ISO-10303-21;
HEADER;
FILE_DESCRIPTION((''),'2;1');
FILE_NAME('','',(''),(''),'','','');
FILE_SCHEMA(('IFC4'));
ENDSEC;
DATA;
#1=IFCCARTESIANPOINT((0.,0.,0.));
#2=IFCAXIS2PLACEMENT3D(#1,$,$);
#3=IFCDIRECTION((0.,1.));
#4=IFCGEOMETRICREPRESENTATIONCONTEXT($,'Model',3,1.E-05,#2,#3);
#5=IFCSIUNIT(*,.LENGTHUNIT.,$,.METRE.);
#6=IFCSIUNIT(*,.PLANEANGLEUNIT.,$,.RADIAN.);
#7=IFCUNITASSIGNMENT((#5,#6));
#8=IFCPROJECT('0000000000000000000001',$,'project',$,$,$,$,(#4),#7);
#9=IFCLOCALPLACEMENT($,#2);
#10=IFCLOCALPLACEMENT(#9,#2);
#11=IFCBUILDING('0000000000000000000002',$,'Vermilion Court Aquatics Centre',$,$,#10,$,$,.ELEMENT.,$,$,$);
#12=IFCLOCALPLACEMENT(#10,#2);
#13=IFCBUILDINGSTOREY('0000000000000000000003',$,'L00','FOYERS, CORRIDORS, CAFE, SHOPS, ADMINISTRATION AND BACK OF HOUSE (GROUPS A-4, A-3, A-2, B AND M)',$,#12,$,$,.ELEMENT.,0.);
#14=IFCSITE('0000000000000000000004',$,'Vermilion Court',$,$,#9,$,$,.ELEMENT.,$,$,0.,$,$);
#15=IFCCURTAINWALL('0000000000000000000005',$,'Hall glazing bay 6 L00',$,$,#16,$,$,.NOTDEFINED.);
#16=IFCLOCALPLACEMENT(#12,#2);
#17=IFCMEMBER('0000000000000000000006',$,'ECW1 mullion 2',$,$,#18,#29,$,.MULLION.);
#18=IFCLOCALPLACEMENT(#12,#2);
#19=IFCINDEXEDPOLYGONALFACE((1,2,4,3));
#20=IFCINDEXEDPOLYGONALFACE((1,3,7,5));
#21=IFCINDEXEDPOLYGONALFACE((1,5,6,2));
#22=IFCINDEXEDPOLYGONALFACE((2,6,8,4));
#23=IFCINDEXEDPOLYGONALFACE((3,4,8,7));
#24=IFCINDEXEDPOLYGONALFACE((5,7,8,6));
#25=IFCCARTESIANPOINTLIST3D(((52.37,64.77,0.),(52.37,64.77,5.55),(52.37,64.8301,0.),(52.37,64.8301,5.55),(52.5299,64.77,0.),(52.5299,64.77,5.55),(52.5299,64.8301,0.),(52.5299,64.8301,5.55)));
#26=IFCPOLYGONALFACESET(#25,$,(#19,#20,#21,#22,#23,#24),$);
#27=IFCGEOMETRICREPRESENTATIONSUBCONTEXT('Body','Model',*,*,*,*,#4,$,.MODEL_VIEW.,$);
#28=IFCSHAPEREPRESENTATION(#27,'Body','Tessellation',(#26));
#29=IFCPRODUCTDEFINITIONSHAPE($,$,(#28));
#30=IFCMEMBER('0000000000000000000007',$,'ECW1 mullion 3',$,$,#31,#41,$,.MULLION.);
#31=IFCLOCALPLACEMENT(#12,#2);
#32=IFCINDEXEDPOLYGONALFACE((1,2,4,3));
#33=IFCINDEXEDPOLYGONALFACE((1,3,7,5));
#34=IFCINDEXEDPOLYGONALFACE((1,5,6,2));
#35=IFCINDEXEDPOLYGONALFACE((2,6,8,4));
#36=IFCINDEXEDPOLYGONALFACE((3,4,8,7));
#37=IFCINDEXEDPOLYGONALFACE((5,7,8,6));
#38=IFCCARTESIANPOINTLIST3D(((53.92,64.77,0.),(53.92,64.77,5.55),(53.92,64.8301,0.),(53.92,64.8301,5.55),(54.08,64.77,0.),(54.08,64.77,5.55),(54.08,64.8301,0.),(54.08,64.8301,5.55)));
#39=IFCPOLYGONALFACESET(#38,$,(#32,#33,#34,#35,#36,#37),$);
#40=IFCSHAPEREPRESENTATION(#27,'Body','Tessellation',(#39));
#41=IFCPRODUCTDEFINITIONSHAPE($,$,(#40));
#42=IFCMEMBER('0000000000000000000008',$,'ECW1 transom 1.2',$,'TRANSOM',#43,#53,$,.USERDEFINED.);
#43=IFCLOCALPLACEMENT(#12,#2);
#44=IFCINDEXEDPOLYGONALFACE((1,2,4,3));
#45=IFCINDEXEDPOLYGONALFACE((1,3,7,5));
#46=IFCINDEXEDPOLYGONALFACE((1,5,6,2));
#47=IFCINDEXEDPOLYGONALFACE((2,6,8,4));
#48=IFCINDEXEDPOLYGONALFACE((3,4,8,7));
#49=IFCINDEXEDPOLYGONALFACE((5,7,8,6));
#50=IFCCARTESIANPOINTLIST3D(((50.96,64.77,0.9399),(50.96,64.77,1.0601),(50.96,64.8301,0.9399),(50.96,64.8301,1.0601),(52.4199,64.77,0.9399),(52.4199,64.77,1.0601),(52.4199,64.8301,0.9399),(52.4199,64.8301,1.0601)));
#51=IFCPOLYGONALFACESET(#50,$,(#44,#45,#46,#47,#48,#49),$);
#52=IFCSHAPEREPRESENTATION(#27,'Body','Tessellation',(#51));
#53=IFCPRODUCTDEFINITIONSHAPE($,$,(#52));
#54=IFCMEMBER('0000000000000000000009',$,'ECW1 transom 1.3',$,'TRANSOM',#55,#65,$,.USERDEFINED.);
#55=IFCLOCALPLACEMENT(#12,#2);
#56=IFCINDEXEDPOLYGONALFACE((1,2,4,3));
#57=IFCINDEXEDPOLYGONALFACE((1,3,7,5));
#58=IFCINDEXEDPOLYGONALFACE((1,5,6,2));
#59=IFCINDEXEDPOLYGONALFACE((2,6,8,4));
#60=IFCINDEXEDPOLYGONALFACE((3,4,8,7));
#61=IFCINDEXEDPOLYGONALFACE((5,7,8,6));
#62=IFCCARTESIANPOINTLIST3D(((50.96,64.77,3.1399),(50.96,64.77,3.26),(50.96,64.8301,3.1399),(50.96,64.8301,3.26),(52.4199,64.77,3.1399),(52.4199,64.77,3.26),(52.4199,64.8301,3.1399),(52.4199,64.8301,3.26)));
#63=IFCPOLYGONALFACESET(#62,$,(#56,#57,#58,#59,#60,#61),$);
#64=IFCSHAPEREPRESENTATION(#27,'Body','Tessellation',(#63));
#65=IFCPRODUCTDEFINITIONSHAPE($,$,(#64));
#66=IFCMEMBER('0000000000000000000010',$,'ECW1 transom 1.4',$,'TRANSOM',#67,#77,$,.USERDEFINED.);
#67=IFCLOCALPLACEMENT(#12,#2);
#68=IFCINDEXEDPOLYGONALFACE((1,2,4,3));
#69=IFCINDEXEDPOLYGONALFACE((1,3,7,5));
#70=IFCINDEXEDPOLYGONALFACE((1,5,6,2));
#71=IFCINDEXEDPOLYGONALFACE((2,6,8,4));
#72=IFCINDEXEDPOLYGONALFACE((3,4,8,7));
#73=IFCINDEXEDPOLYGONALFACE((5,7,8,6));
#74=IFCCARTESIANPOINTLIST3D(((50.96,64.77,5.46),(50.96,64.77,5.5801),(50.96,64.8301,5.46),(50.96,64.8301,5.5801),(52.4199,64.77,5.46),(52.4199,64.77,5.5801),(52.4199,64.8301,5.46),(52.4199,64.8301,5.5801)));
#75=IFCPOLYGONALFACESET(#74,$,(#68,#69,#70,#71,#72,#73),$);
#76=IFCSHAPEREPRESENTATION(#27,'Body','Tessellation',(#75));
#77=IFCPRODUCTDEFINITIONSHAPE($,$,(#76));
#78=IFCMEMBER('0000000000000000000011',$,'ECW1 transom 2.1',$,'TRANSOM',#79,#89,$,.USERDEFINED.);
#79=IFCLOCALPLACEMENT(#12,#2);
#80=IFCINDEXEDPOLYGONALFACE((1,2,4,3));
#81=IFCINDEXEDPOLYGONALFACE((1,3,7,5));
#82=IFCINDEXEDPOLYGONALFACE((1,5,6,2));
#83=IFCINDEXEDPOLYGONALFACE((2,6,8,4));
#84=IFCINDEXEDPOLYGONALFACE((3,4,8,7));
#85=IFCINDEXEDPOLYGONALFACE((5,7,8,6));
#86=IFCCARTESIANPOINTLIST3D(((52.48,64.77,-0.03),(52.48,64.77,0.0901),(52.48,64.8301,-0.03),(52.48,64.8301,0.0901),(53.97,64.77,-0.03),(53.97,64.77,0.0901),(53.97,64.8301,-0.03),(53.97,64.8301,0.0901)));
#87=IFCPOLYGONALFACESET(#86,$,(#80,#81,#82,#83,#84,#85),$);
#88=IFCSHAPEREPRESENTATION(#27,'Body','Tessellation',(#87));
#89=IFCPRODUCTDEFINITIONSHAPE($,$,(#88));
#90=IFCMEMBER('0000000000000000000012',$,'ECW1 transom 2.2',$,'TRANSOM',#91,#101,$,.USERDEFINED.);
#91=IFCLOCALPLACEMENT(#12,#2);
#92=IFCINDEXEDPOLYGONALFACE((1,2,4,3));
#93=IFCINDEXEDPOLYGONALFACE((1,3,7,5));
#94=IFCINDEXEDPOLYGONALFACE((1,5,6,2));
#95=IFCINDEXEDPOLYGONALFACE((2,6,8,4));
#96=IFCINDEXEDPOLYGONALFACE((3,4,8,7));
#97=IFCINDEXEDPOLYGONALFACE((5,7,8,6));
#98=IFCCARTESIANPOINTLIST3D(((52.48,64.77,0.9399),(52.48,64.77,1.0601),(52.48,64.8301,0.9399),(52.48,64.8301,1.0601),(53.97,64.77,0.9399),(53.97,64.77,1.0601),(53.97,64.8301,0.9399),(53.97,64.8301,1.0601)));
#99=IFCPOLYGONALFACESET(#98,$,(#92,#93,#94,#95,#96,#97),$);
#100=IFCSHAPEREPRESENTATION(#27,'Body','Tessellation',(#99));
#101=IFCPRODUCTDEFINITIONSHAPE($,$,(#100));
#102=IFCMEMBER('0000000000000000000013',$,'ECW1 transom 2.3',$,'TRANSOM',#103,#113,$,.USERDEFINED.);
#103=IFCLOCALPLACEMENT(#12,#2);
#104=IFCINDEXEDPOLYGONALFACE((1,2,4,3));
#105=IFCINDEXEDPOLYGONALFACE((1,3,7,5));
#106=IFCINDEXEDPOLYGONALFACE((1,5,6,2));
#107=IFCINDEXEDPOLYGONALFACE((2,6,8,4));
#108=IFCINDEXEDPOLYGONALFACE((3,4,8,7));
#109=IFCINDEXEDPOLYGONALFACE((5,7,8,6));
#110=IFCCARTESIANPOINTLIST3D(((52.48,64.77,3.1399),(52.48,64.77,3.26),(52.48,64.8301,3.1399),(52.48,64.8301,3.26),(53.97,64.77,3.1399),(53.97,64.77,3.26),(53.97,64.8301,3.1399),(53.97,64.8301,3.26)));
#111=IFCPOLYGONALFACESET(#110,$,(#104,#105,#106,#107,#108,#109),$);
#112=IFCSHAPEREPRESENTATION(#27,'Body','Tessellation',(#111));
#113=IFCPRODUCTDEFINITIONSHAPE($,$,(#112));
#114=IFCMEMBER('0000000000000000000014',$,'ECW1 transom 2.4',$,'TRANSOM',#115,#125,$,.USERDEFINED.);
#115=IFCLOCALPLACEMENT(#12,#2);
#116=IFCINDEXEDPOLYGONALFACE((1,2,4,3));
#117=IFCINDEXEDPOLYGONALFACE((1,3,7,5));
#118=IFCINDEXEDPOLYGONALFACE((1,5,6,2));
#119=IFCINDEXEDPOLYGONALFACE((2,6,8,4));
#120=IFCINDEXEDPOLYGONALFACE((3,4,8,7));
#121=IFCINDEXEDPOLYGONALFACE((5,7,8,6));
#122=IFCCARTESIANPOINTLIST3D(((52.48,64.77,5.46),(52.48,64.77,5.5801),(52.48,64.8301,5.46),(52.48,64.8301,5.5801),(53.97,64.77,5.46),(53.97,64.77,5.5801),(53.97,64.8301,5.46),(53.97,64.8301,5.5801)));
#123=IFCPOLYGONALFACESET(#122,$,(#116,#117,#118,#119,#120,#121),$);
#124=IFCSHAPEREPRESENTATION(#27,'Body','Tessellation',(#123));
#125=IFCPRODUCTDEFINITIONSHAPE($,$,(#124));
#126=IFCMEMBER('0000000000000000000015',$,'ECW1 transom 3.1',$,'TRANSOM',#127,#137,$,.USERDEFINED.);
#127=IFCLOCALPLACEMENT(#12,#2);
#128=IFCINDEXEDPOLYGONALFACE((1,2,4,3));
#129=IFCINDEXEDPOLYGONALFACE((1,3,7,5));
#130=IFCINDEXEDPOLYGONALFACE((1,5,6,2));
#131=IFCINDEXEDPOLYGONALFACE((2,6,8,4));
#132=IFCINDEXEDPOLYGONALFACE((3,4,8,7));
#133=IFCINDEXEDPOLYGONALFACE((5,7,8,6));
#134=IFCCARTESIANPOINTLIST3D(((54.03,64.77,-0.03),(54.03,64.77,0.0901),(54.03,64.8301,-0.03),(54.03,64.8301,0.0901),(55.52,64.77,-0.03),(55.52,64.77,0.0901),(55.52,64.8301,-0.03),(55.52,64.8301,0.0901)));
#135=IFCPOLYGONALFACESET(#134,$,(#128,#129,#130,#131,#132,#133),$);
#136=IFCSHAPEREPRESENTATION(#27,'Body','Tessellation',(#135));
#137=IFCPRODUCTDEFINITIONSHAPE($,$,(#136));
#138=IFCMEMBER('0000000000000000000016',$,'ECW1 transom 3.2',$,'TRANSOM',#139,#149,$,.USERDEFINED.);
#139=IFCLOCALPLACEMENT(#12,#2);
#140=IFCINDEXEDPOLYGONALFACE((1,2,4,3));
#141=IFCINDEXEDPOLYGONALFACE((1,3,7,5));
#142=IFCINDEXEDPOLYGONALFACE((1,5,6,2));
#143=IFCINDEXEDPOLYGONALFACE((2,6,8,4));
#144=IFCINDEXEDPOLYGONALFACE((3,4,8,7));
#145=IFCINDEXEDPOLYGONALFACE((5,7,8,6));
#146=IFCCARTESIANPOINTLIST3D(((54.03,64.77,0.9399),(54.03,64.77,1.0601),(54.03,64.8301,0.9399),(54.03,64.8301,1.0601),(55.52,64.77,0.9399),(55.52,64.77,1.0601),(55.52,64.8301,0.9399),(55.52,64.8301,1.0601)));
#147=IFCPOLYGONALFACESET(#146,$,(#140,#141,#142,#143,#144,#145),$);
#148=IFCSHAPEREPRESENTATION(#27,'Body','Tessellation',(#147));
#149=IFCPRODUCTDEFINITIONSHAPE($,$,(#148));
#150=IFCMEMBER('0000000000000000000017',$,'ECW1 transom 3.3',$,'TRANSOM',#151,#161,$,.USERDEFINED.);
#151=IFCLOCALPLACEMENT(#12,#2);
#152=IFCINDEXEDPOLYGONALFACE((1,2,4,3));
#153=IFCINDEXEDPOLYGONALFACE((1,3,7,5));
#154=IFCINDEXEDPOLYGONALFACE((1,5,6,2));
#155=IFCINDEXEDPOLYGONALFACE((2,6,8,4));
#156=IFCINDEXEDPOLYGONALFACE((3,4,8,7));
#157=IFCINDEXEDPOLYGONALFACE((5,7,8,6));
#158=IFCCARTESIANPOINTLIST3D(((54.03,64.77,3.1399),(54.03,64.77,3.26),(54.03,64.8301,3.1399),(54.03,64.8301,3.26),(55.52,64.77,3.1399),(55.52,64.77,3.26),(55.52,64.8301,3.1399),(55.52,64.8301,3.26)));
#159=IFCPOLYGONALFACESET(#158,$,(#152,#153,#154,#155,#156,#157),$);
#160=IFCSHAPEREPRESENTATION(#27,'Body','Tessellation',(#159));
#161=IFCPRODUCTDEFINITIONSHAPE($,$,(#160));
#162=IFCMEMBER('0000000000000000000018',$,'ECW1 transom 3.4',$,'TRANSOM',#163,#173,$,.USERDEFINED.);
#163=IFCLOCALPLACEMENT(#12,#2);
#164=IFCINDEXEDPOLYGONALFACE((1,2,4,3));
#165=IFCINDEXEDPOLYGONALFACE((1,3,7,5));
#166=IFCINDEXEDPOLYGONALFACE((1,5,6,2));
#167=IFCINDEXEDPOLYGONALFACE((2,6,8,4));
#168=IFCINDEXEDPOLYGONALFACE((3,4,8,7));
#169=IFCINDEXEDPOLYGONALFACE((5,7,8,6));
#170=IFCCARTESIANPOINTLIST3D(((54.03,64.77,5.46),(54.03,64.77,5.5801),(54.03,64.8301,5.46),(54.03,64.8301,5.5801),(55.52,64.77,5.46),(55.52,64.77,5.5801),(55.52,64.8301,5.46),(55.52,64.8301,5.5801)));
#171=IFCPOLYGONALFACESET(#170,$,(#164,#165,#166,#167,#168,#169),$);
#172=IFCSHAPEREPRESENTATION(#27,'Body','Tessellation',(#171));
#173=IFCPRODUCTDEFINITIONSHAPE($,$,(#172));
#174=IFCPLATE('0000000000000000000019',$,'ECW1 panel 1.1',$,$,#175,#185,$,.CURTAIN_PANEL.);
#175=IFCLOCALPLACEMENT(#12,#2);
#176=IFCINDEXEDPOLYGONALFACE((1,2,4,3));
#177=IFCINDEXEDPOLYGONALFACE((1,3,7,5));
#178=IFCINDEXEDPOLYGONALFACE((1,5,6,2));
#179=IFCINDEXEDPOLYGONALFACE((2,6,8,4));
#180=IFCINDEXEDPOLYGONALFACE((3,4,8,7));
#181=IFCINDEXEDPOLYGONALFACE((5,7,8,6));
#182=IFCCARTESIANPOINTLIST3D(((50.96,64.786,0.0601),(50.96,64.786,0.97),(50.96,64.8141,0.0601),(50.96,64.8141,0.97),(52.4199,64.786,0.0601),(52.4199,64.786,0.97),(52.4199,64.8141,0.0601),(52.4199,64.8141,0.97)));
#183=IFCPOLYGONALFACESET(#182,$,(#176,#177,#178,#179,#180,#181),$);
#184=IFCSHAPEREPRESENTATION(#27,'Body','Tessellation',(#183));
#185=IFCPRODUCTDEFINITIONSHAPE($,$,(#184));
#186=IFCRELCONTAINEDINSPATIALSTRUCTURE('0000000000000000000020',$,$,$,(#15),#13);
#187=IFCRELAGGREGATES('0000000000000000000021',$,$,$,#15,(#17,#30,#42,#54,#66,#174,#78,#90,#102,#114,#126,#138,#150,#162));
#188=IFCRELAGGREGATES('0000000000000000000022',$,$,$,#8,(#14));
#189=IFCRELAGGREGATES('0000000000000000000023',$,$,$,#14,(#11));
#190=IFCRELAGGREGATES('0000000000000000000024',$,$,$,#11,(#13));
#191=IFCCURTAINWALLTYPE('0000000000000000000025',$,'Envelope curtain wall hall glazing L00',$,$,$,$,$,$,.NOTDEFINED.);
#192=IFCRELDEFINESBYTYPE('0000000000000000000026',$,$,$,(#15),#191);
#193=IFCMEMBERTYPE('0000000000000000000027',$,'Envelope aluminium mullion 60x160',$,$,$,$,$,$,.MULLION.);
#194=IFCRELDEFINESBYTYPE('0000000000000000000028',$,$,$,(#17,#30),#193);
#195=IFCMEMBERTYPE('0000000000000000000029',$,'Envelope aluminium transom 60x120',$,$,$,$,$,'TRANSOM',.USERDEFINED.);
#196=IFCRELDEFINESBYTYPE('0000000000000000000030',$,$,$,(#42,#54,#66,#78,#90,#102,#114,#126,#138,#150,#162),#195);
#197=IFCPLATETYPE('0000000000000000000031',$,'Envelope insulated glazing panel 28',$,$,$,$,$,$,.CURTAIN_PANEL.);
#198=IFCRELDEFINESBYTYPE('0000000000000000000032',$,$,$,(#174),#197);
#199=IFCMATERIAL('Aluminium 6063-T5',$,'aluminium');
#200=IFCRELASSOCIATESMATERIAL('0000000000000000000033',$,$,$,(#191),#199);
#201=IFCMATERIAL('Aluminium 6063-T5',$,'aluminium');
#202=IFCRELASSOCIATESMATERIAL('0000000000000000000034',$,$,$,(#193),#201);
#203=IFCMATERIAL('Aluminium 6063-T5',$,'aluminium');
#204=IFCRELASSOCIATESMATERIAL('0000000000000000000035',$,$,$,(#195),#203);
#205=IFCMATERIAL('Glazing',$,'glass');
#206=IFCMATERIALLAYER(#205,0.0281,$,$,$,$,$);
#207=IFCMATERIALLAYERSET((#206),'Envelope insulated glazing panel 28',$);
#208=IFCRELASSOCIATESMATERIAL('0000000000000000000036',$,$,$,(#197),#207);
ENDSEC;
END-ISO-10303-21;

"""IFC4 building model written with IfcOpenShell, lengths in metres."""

from ifc_helpers import new_model, si_unit, direction, frame, origin, origin_2d, place, context, subcontext, project, spatial, rectangle, extrude, material, layer, layer_set, material_profile, profile_set, type_object, element, aggregate, save


model = new_model("IFC4")

# Units and contexts
model_context = context("Model", 3, precision=1e-05, world=origin(), true_north=direction((0.0, 1.0)))
body_context = subcontext(model_context, "Body", "Model", "MODEL_VIEW")
ifc_project = project(units=[si_unit("LENGTHUNIT", "METRE"), si_unit("PLANEANGLEUNIT", "RADIAN")], contexts=[model_context])

# Site, building, storey
site_placement = place(None, origin())
site = spatial("IfcSite", under=ifc_project, at=site_placement, Name="Vermilion Court", CompositionType="ELEMENT", RefElevation=0.0)
building_placement = place(site_placement, origin())
building = spatial("IfcBuilding", under=site, at=building_placement, Name="Vermilion Court Aquatics Centre", CompositionType="ELEMENT")
storey_placement = place(building_placement, origin())
storey = spatial("IfcBuildingStorey", under=building, at=storey_placement, Name="L00", Description="FOYERS, CORRIDORS, CAFE, SHOPS, ADMINISTRATION AND BACK OF HOUSE (GROUPS A-4, A-3, A-2, B AND M)", CompositionType="ELEMENT", Elevation=0.0)

# Curtain wall, members, plate
ifc_material_1 = material(Name="Aluminium 6063-T5", Category="aluminium")
curtain_wall_type = type_object("IfcCurtainWallType", Name="Envelope curtain wall hall glazing L00", PredefinedType="NOTDEFINED", material=ifc_material_1)
curtain_wall_placement = place(storey_placement, origin())
curtain_wall = element("IfcCurtainWall", 1, at=curtain_wall_placement, inside=storey, type_object=curtain_wall_type, Name="Hall glazing bay 6 L00", PredefinedType="NOTDEFINED")
ifc_material_2 = material(Name="Aluminium 6063-T5", Category="aluminium")
ifc_material_profile_1 = material_profile(ifc_material_2, rectangle(XDim=0.0601, YDim=0.1599, at=origin_2d()), Name="AL 60x160")
ifc_profile_set_1 = profile_set([ifc_material_profile_1], Name="Aluminium 6063-T5")
member_type_1 = type_object("IfcMemberType", Name="Envelope aluminium mullion 60x160", PredefinedType="MULLION", material=ifc_profile_set_1)
member_1_placement = place(storey_placement, frame((52.45, 64.8, 0.0), z_axis=(0.0, 0.0, 1.0), x_axis=(0.0, 1.0, 0.0)))
member_1 = element("IfcMember", 2, at=member_1_placement, type_object=member_type_1, Name="ECW1 mullion 2", PredefinedType="MULLION", context=body_context, shape_type="SweptSolid", body=[
    extrude(rectangle(XDim=0.0601, YDim=0.1599, at=origin_2d()), origin(), (0.0, 0.0, 1.0), 5.55),
])
member_2_placement = place(storey_placement, frame((54.0, 64.8, 0.0), z_axis=(0.0, 0.0, 1.0), x_axis=(0.0, 1.0, 0.0)))
member_2 = element("IfcMember", 3, at=member_2_placement, type_object=member_type_1, Name="ECW1 mullion 3", PredefinedType="MULLION", context=body_context, shape_type="SweptSolid", body=[
    extrude(rectangle(XDim=0.0601, YDim=0.1599, at=origin_2d()), origin(), (0.0, 0.0, 1.0), 5.55),
])
ifc_material_3 = material(Name="Aluminium 6063-T5", Category="aluminium")
ifc_material_profile_2 = material_profile(ifc_material_3, rectangle(XDim=0.0601, YDim=0.1201, at=origin_2d()), Name="AL 60x120")
ifc_profile_set_2 = profile_set([ifc_material_profile_2], Name="Aluminium 6063-T5")
member_type_2 = type_object("IfcMemberType", Name="Envelope aluminium transom 60x120", ElementType="TRANSOM", PredefinedType="USERDEFINED", material=ifc_profile_set_2)
member_3_placement = place(storey_placement, frame((50.96, 64.8, 1.0), z_axis=(1.0, 0.0, 0.0), x_axis=(0.0, 1.0, 0.0)))
member_3 = element("IfcMember", 4, at=member_3_placement, type_object=member_type_2, Name="ECW1 transom 1.2", ObjectType="TRANSOM", PredefinedType="USERDEFINED", context=body_context, shape_type="SweptSolid", body=[
    extrude(rectangle(XDim=0.0601, YDim=0.1201, at=origin_2d()), origin(), (0.0, 0.0, 1.0), 1.46),
])
member_4_placement = place(storey_placement, frame((50.96, 64.8, 3.2), z_axis=(1.0, 0.0, 0.0), x_axis=(0.0, 1.0, 0.0)))
member_4 = element("IfcMember", 5, at=member_4_placement, type_object=member_type_2, Name="ECW1 transom 1.3", ObjectType="TRANSOM", PredefinedType="USERDEFINED", context=body_context, shape_type="SweptSolid", body=[
    extrude(rectangle(XDim=0.0601, YDim=0.1201, at=origin_2d()), origin(), (0.0, 0.0, 1.0), 1.46),
])
member_5_placement = place(storey_placement, frame((50.96, 64.8, 5.52), z_axis=(1.0, 0.0, 0.0), x_axis=(0.0, 1.0, 0.0)))
member_5 = element("IfcMember", 6, at=member_5_placement, type_object=member_type_2, Name="ECW1 transom 1.4", ObjectType="TRANSOM", PredefinedType="USERDEFINED", context=body_context, shape_type="SweptSolid", body=[
    extrude(rectangle(XDim=0.0601, YDim=0.1201, at=origin_2d()), origin(), (0.0, 0.0, 1.0), 1.46),
])
member_6_placement = place(storey_placement, frame((52.48, 64.8, 0.03), z_axis=(1.0, 0.0, 0.0), x_axis=(0.0, 1.0, 0.0)))
member_6 = element("IfcMember", 7, at=member_6_placement, type_object=member_type_2, Name="ECW1 transom 2.1", ObjectType="TRANSOM", PredefinedType="USERDEFINED", context=body_context, shape_type="SweptSolid", body=[
    extrude(rectangle(XDim=0.0601, YDim=0.1201, at=origin_2d()), origin(), (0.0, 0.0, 1.0), 1.49),
])
member_7_placement = place(storey_placement, frame((52.48, 64.8, 1.0), z_axis=(1.0, 0.0, 0.0), x_axis=(0.0, 1.0, 0.0)))
member_7 = element("IfcMember", 8, at=member_7_placement, type_object=member_type_2, Name="ECW1 transom 2.2", ObjectType="TRANSOM", PredefinedType="USERDEFINED", context=body_context, shape_type="SweptSolid", body=[
    extrude(rectangle(XDim=0.0601, YDim=0.1201, at=origin_2d()), origin(), (0.0, 0.0, 1.0), 1.49),
])
member_8_placement = place(storey_placement, frame((52.48, 64.8, 3.2), z_axis=(1.0, 0.0, 0.0), x_axis=(0.0, 1.0, 0.0)))
member_8 = element("IfcMember", 9, at=member_8_placement, type_object=member_type_2, Name="ECW1 transom 2.3", ObjectType="TRANSOM", PredefinedType="USERDEFINED", context=body_context, shape_type="SweptSolid", body=[
    extrude(rectangle(XDim=0.0601, YDim=0.1201, at=origin_2d()), origin(), (0.0, 0.0, 1.0), 1.49),
])
member_9_placement = place(storey_placement, frame((52.48, 64.8, 5.52), z_axis=(1.0, 0.0, 0.0), x_axis=(0.0, 1.0, 0.0)))
member_9 = element("IfcMember", 10, at=member_9_placement, type_object=member_type_2, Name="ECW1 transom 2.4", ObjectType="TRANSOM", PredefinedType="USERDEFINED", context=body_context, shape_type="SweptSolid", body=[
    extrude(rectangle(XDim=0.0601, YDim=0.1201, at=origin_2d()), origin(), (0.0, 0.0, 1.0), 1.49),
])
member_10_placement = place(storey_placement, frame((54.03, 64.8, 0.03), z_axis=(1.0, 0.0, 0.0), x_axis=(0.0, 1.0, 0.0)))
member_10 = element("IfcMember", 11, at=member_10_placement, type_object=member_type_2, Name="ECW1 transom 3.1", ObjectType="TRANSOM", PredefinedType="USERDEFINED", context=body_context, shape_type="SweptSolid", body=[
    extrude(rectangle(XDim=0.0601, YDim=0.1201, at=origin_2d()), origin(), (0.0, 0.0, 1.0), 1.49),
])
member_11_placement = place(storey_placement, frame((54.03, 64.8, 1.0), z_axis=(1.0, 0.0, 0.0), x_axis=(0.0, 1.0, 0.0)))
member_11 = element("IfcMember", 12, at=member_11_placement, type_object=member_type_2, Name="ECW1 transom 3.2", ObjectType="TRANSOM", PredefinedType="USERDEFINED", context=body_context, shape_type="SweptSolid", body=[
    extrude(rectangle(XDim=0.0601, YDim=0.1201, at=origin_2d()), origin(), (0.0, 0.0, 1.0), 1.49),
])
member_12_placement = place(storey_placement, frame((54.03, 64.8, 3.2), z_axis=(1.0, 0.0, 0.0), x_axis=(0.0, 1.0, 0.0)))
member_12 = element("IfcMember", 13, at=member_12_placement, type_object=member_type_2, Name="ECW1 transom 3.3", ObjectType="TRANSOM", PredefinedType="USERDEFINED", context=body_context, shape_type="SweptSolid", body=[
    extrude(rectangle(XDim=0.0601, YDim=0.1201, at=origin_2d()), origin(), (0.0, 0.0, 1.0), 1.49),
])
member_13_placement = place(storey_placement, frame((54.03, 64.8, 5.52), z_axis=(1.0, 0.0, 0.0), x_axis=(0.0, 1.0, 0.0)))
member_13 = element("IfcMember", 14, at=member_13_placement, type_object=member_type_2, Name="ECW1 transom 3.4", ObjectType="TRANSOM", PredefinedType="USERDEFINED", context=body_context, shape_type="SweptSolid", body=[
    extrude(rectangle(XDim=0.0601, YDim=0.1201, at=origin_2d()), origin(), (0.0, 0.0, 1.0), 1.49),
])
ifc_material_4 = material(Name="Glazing", Category="glass")
ifc_layer = layer(ifc_material_4, 0.0281)
ifc_layer_set = layer_set([ifc_layer], Name="Envelope insulated glazing panel 28")
plate_type = type_object("IfcPlateType", Name="Envelope insulated glazing panel 28", PredefinedType="CURTAIN_PANEL", material=ifc_layer_set)
plate_1_placement = place(storey_placement, frame((51.6899, 64.8, 0.0601), z_axis=(0.0, 0.0, 1.0), x_axis=(1.0, 0.0, 0.0)))
plate_1 = element("IfcPlate", 15, at=plate_1_placement, type_object=plate_type, Name="ECW1 panel 1.1", PredefinedType="CURTAIN_PANEL", context=body_context, shape_type="SweptSolid", body=[
    extrude(rectangle(XDim=1.46, YDim=0.0281, at=origin_2d()), origin(), (0.0, 0.0, 1.0), 0.9099),
])
aggregate(curtain_wall, [member_1, member_2, member_3, member_4, member_5, plate_1, member_6, member_7, member_8, member_9, member_10, member_11, member_12, member_13])

save(model, "model.ifc")
